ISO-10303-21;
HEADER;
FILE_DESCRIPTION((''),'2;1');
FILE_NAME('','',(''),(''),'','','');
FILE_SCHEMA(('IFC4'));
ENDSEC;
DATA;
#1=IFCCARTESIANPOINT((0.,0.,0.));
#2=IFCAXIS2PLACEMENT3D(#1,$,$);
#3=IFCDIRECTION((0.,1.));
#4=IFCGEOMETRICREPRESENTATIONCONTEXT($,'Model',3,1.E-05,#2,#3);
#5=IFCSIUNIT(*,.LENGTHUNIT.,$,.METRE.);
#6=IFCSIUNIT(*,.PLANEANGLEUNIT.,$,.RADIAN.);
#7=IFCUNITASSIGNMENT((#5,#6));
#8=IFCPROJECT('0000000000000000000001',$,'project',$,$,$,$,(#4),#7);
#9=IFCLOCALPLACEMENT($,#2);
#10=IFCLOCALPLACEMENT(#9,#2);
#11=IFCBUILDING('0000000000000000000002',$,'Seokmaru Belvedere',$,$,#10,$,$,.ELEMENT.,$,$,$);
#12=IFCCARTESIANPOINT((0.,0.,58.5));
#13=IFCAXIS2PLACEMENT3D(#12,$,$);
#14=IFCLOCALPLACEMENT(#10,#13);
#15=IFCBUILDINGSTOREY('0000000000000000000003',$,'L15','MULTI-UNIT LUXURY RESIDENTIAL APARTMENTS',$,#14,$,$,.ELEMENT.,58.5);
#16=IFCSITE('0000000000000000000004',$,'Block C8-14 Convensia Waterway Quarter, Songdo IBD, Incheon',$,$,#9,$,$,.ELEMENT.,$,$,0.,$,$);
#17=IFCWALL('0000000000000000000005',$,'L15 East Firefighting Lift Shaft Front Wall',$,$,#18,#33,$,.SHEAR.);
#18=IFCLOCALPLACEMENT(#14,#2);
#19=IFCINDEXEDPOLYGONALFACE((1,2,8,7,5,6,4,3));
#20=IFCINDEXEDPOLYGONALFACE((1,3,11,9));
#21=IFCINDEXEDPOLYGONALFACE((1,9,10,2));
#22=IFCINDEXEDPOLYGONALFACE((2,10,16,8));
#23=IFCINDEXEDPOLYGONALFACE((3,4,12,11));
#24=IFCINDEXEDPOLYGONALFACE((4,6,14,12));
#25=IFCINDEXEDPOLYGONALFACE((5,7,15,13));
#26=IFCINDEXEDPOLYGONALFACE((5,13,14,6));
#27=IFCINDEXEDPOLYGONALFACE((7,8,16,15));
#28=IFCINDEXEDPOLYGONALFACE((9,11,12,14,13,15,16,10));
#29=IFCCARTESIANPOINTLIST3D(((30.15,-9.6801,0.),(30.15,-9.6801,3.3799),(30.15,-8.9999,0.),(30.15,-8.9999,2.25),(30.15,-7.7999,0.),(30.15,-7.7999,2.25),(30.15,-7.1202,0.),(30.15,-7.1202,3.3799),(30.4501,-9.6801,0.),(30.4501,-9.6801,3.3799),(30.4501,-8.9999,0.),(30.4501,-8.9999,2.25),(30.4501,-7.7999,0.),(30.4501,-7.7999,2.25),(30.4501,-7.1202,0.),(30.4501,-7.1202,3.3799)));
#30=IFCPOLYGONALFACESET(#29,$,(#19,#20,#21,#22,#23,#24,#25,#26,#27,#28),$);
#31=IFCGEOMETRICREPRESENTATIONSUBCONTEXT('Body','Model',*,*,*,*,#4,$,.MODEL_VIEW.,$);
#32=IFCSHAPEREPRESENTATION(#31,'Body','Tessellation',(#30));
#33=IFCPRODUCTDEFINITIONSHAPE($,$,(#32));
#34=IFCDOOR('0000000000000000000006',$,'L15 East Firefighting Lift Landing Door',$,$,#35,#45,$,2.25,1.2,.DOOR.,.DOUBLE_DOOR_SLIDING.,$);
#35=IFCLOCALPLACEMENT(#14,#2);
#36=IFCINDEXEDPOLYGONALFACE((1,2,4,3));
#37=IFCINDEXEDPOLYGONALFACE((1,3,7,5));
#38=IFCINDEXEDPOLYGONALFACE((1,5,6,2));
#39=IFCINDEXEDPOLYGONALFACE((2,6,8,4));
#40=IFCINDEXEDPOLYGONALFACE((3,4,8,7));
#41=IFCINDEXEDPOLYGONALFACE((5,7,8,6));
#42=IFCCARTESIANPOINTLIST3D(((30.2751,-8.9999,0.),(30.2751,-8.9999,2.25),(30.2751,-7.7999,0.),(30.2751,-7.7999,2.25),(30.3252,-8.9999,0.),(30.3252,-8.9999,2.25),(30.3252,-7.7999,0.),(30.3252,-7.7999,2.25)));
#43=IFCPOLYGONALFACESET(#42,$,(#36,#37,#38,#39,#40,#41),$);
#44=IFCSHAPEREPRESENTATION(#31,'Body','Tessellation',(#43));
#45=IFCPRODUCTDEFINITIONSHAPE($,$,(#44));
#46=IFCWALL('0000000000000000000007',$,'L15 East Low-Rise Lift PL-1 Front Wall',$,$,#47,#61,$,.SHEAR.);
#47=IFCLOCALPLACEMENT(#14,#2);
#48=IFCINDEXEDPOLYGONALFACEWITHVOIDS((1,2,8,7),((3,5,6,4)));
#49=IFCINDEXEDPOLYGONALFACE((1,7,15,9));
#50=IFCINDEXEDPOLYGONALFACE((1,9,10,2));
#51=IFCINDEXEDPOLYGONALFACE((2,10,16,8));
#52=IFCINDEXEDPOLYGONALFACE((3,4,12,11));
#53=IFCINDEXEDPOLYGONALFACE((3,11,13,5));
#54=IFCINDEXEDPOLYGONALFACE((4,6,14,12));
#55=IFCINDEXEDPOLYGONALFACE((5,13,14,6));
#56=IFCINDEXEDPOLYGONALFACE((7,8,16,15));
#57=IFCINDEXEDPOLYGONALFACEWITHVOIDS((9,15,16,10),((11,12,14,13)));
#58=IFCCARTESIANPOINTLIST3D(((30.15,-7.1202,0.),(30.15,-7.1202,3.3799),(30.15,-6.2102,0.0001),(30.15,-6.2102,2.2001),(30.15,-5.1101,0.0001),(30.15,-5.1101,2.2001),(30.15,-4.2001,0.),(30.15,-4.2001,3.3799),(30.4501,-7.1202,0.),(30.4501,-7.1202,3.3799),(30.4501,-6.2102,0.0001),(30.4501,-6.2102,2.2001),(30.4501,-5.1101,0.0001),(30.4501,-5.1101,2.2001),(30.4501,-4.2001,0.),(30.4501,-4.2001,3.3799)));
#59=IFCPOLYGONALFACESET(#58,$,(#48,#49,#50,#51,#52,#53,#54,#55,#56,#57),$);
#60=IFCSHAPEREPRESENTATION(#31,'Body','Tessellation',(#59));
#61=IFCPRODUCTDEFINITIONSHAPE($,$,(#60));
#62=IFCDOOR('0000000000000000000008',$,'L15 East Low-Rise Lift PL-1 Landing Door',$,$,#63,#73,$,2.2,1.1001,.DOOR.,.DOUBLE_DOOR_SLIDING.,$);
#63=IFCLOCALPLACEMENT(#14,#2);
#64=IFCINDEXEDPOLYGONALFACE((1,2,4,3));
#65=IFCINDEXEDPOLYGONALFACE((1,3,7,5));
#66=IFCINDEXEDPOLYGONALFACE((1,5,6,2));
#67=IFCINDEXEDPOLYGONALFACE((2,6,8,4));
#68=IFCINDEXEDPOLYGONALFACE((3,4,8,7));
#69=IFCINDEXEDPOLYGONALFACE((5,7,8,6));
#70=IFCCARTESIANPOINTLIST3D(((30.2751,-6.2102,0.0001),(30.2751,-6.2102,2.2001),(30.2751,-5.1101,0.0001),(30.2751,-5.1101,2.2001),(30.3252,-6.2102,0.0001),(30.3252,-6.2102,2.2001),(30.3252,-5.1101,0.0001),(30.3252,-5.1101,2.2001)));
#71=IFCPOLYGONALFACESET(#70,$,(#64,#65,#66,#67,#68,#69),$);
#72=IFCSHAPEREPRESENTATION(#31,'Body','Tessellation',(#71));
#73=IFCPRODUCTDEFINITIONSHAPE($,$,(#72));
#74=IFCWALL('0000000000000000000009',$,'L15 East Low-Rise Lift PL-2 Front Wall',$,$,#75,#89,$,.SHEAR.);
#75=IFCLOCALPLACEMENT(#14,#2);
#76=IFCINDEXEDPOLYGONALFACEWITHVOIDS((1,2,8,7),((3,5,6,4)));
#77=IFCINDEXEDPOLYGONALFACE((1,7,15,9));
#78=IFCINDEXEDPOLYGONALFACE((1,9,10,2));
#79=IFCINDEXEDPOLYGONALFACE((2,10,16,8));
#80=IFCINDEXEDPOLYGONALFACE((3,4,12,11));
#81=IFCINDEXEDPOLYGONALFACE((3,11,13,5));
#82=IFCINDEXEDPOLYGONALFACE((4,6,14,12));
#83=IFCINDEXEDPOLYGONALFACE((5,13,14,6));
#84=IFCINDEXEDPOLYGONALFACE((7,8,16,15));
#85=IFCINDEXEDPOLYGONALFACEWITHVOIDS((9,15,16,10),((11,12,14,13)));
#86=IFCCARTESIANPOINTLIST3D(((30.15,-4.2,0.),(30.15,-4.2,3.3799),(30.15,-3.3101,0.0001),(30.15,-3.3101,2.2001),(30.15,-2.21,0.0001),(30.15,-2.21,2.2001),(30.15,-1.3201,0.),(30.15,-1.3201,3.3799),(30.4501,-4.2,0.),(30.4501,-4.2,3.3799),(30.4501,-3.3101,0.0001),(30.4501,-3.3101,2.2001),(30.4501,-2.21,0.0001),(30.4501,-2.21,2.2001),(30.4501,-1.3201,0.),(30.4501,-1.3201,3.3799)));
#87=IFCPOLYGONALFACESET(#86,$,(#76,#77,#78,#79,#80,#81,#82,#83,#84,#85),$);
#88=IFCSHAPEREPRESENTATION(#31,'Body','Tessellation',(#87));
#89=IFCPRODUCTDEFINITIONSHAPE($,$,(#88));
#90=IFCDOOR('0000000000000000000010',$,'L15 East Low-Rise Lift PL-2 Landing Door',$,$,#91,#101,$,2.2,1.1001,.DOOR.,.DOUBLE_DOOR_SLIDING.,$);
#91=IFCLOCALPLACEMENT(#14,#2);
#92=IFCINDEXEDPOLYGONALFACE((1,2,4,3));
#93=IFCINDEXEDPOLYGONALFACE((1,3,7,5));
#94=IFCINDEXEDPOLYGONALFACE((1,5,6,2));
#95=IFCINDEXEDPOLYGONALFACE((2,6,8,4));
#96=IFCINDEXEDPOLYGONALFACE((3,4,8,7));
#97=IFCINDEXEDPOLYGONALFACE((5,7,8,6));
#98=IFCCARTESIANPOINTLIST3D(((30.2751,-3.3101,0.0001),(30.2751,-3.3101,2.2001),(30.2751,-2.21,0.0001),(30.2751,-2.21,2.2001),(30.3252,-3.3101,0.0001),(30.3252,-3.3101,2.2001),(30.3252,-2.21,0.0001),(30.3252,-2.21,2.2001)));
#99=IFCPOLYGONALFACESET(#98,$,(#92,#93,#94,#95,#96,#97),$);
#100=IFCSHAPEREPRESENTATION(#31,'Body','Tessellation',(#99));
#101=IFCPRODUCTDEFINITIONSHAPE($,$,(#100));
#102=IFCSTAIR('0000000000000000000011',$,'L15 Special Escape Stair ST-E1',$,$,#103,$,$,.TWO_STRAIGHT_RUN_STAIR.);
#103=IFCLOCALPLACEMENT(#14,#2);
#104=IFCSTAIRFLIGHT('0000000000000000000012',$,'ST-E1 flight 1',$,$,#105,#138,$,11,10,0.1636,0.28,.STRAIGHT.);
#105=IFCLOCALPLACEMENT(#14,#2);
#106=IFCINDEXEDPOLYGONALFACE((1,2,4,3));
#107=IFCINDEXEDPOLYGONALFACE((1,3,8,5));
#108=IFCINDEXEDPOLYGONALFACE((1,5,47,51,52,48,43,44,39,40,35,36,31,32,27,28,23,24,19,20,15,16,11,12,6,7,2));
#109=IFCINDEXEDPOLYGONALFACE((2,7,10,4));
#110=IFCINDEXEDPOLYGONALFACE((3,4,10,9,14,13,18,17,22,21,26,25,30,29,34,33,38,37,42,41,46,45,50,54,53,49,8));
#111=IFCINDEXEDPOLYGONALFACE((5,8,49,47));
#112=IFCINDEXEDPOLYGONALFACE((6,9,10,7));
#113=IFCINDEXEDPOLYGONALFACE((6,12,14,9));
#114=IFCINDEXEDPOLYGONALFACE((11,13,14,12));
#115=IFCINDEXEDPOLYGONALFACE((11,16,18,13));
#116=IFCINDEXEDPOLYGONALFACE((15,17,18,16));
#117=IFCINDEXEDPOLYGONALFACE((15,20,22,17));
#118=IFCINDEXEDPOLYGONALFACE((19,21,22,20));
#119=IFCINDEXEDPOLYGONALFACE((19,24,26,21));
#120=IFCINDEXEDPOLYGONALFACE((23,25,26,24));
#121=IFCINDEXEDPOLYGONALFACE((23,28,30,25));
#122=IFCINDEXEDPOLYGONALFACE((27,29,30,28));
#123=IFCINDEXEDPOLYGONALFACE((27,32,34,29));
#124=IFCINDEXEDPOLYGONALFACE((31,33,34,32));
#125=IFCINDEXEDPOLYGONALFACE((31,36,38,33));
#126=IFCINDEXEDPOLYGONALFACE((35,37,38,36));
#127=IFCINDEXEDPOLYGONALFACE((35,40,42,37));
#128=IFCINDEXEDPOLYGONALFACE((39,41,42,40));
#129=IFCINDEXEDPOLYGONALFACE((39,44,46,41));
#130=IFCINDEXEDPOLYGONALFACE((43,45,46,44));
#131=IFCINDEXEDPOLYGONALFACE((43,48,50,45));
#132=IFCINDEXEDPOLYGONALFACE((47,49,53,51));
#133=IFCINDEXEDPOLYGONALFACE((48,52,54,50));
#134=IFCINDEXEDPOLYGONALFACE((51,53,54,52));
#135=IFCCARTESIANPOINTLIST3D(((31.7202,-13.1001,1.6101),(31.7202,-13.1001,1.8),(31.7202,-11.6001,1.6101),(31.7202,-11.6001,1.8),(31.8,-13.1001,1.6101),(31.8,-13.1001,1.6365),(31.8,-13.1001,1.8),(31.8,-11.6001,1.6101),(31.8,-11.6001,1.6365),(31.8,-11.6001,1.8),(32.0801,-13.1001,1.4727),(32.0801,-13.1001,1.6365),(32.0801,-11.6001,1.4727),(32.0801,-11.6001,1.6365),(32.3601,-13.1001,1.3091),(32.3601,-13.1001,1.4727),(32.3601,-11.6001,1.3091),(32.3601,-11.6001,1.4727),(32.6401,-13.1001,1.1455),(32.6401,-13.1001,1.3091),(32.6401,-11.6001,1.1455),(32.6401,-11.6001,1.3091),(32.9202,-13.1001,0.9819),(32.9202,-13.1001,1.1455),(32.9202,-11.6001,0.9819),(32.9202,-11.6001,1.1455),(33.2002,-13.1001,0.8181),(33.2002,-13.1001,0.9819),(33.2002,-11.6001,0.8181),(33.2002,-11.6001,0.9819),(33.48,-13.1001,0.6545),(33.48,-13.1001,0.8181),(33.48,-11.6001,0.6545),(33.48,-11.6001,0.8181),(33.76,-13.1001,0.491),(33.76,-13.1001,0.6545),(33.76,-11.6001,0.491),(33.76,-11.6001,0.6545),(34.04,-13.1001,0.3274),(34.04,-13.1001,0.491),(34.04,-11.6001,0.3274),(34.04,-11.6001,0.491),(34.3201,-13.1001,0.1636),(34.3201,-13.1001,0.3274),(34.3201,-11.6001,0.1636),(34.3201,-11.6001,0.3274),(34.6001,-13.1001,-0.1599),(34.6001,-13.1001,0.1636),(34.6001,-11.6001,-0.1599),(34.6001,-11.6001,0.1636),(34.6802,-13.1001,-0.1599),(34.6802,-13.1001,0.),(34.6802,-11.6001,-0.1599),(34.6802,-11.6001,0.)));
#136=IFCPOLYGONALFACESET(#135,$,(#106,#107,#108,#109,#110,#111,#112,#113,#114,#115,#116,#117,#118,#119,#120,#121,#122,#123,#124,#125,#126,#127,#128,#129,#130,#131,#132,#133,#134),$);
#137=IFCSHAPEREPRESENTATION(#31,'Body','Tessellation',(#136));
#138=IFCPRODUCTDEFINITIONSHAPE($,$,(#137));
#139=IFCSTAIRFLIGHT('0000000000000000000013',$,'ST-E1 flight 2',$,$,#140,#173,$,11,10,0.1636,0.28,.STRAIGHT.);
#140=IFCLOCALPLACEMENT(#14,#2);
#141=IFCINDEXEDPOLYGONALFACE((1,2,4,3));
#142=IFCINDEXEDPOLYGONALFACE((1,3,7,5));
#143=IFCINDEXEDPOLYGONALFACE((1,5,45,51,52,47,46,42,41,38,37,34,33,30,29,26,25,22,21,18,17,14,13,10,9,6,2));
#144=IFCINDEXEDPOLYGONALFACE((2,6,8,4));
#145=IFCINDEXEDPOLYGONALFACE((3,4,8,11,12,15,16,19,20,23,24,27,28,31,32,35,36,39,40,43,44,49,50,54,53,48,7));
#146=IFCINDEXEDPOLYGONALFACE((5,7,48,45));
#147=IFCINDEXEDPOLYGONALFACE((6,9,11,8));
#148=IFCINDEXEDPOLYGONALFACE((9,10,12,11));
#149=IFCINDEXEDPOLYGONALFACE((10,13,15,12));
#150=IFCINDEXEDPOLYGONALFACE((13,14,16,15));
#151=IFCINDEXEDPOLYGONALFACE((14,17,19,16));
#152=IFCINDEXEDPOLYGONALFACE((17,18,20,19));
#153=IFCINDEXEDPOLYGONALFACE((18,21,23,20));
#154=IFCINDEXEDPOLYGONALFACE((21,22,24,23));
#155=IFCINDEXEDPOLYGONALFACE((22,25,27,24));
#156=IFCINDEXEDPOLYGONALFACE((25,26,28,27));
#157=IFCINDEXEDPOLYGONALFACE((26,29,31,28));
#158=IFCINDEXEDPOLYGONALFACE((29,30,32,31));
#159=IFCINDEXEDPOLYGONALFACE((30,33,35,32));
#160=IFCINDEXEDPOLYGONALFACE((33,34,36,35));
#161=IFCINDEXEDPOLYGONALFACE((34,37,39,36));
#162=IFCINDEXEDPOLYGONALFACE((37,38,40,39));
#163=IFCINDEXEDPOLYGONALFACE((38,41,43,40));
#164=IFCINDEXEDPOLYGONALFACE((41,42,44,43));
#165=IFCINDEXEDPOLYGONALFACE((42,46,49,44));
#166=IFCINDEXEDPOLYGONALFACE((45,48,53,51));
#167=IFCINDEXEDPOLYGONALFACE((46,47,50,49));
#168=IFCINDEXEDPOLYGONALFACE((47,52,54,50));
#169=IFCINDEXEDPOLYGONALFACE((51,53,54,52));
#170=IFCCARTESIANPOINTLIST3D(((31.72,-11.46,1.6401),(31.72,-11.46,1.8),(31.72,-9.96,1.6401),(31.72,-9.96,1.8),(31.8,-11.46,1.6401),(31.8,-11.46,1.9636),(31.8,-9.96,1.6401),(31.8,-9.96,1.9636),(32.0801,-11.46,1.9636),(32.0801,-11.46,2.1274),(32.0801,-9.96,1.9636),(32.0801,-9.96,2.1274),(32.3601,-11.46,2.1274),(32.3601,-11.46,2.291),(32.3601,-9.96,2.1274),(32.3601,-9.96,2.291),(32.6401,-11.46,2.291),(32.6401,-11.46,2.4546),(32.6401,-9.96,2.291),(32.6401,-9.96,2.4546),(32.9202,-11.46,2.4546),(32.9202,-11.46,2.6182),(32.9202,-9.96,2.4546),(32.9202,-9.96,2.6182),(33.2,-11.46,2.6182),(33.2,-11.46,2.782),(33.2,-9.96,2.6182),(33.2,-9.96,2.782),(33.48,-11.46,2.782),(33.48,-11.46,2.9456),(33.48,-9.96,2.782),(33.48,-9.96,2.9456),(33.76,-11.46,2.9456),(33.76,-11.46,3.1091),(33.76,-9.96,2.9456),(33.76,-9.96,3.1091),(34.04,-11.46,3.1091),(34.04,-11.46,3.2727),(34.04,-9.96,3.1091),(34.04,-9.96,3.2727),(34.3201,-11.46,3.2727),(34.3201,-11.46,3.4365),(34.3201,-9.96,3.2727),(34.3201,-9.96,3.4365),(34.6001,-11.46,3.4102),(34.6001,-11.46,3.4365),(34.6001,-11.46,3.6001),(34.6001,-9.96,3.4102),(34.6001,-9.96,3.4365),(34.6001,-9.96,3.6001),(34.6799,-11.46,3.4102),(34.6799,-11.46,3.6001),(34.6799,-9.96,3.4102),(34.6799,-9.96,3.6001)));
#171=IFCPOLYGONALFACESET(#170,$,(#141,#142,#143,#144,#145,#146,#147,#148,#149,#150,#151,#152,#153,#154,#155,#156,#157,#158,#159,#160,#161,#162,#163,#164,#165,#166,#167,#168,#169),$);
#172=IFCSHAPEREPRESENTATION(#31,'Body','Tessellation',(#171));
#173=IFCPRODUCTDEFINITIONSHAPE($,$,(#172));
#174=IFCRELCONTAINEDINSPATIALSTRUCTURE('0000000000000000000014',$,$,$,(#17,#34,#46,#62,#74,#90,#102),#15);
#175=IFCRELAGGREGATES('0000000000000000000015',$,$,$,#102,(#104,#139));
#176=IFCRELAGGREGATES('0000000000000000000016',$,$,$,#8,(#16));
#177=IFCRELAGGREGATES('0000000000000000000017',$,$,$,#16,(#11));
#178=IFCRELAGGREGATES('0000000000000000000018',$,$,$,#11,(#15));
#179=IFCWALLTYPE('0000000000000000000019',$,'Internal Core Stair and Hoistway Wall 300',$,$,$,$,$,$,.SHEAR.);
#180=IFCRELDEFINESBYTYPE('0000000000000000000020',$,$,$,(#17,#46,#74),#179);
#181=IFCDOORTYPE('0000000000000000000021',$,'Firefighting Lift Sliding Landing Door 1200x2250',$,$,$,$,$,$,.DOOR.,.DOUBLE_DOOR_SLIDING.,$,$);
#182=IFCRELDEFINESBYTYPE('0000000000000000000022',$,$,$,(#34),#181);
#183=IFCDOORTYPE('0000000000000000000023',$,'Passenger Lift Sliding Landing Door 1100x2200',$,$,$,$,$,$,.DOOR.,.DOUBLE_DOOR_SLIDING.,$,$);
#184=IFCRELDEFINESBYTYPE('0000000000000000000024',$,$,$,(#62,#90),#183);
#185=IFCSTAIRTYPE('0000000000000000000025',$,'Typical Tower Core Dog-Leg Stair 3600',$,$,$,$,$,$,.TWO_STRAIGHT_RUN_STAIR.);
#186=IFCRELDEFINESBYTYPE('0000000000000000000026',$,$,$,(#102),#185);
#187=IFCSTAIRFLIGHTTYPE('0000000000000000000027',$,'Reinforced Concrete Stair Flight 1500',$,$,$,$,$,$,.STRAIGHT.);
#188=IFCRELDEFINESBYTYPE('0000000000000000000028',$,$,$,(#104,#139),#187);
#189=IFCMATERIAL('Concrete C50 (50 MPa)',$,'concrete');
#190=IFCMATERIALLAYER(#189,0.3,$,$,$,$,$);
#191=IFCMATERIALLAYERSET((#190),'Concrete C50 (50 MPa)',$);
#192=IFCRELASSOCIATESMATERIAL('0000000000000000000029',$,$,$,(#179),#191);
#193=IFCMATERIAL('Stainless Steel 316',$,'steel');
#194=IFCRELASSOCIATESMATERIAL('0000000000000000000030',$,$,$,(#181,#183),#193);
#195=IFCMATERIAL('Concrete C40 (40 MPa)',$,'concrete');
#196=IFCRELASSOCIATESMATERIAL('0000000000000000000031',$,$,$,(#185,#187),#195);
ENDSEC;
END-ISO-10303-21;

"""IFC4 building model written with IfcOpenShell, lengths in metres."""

from ifc_helpers import new_model, si_unit, direction, frame, frame_2d, origin, place, context, subcontext, project, spatial, polyline, rectangle, outline, extrude, source, transform, mapped, material, layer, layer_set, type_object, type_shapes, element, fill, aggregate, save


model = new_model("IFC4")

# Units and contexts
model_context = context("Model", 3, precision=1e-05, world=origin(), true_north=direction((0.0, 1.0)))
body_context = subcontext(model_context, "Body", "Model", "MODEL_VIEW")
ifc_project = project(units=[si_unit("LENGTHUNIT", "METRE"), si_unit("PLANEANGLEUNIT", "RADIAN")], contexts=[model_context])

# Site, building, storey
site_placement = place(None, origin())
site = spatial("IfcSite", under=ifc_project, at=site_placement, Name="Block C8-14 Convensia Waterway Quarter, Songdo IBD, Incheon", CompositionType="ELEMENT", RefElevation=0.0)
building_placement = place(site_placement, origin())
building = spatial("IfcBuilding", under=site, at=building_placement, Name="Seokmaru Belvedere", CompositionType="ELEMENT")
storey_placement = place(building_placement, frame((0.0, 0.0, 58.5)))
storey = spatial("IfcBuildingStorey", under=building, at=storey_placement, Name="L15", Description="MULTI-UNIT LUXURY RESIDENTIAL APARTMENTS", CompositionType="ELEMENT", Elevation=58.5)

# Walls, openings, doors
ifc_material_1 = material(Name="Concrete C50 (50 MPa)", Category="concrete")
ifc_layer_1 = layer(ifc_material_1, 0.3)
ifc_layer_set_1 = layer_set([ifc_layer_1], Name="Concrete C50 (50 MPa)")
wall_type_1 = type_object("IfcWallType", Name="Internal Core Stair and Hoistway Wall 300", PredefinedType="SHEAR", material=ifc_layer_set_1)
wall_1_placement = place(storey_placement, frame((30.3, -9.6799, 0.0), z_axis=(0.0, 0.0, 1.0), x_axis=(0.0, 1.0, 0.0)))
wall_1 = element("IfcWall", 1, at=wall_1_placement, inside=storey, type_object=wall_type_1, Name="L15 East Firefighting Lift Shaft Front Wall", PredefinedType="SHEAR", context=body_context, shape_type="SweptSolid", body=[
    extrude(rectangle(XDim=2.5598, YDim=0.3, at=frame_2d((1.2798, 0.0))), origin(), (0.0, 0.0, 1.0), 3.3799),
])
opening_1_placement = place(wall_1_placement, frame((0.6799, 0.0, 0.0)))
opening_1 = element("IfcOpeningElement", 2, at=opening_1_placement, cuts=wall_1, PredefinedType="OPENING", context=body_context, shape_type="SweptSolid", body=[
    extrude(rectangle(XDim=1.2, YDim=2.25, at=frame_2d((0.6001, 1.125))), frame((0.0, 0.1602, 0.0), z_axis=(0.0, -1.0, 0.0), x_axis=(1.0, 0.0, 0.0)), (0.0, 0.0, 1.0), 0.3201),
])
ifc_material_2 = material(Name="Stainless Steel 316", Category="steel")
door_type_1 = type_object("IfcDoorType", Name="Firefighting Lift Sliding Landing Door 1200x2250", OperationType="DOUBLE_DOOR_SLIDING", PredefinedType="DOOR", material=ifc_material_2)
shared_shape_1 = source(origin(), body_context, "Body", "SweptSolid", [
    extrude(rectangle(XDim=1.2, YDim=2.25, at=frame_2d((0.6001, 1.125))), frame((0.0, 0.0249, 0.0), z_axis=(0.0, -1.0, 0.0), x_axis=(1.0, 0.0, 0.0)), (0.0, 0.0, 1.0), 0.05),
])
type_shapes(door_type_1, [shared_shape_1])
door_1_placement = place(opening_1_placement, origin())
door_1 = element("IfcDoor", 3, at=door_1_placement, inside=storey, type_object=door_type_1, Name="L15 East Firefighting Lift Landing Door", OperationType="DOUBLE_DOOR_SLIDING", OverallHeight=2.25, OverallWidth=1.2, PredefinedType="DOOR", context=body_context, shape_type="MappedRepresentation", body=[
    mapped(shared_shape_1, transform((0.0, 0.0, 0.0), scale=1.0)),
])
fill(opening_1, door_1)
wall_2_placement = place(storey_placement, frame((30.3, -7.1201, 0.0), z_axis=(0.0, 0.0, 1.0), x_axis=(0.0, 1.0, 0.0)))
wall_2 = element("IfcWall", 4, at=wall_2_placement, inside=storey, type_object=wall_type_1, Name="L15 East Low-Rise Lift PL-1 Front Wall", PredefinedType="SHEAR", context=body_context, shape_type="SweptSolid", body=[
    extrude(rectangle(XDim=2.9202, YDim=0.3, at=frame_2d((1.46, 0.0))), origin(), (0.0, 0.0, 1.0), 3.3799),
])
opening_2_placement = place(wall_2_placement, frame((0.9099, 0.0, 0.0)))
opening_2 = element("IfcOpeningElement", 5, at=opening_2_placement, cuts=wall_2, PredefinedType="OPENING", context=body_context, shape_type="SweptSolid", body=[
    extrude(rectangle(XDim=1.1001, YDim=2.2, at=frame_2d((0.55, 1.1001))), frame((0.0, 0.1602, 0.0), z_axis=(0.0, -1.0, 0.0), x_axis=(1.0, 0.0, 0.0)), (0.0, 0.0, 1.0), 0.3201),
])
door_type_2 = type_object("IfcDoorType", Name="Passenger Lift Sliding Landing Door 1100x2200", OperationType="DOUBLE_DOOR_SLIDING", PredefinedType="DOOR", material=ifc_material_2)
shared_shape_2 = source(origin(), body_context, "Body", "SweptSolid", [
    extrude(rectangle(XDim=1.1001, YDim=2.2, at=frame_2d((0.55, 1.1001))), frame((0.0, 0.0249, 0.0), z_axis=(0.0, -1.0, 0.0), x_axis=(1.0, 0.0, 0.0)), (0.0, 0.0, 1.0), 0.05),
])
type_shapes(door_type_2, [shared_shape_2])
door_2_placement = place(opening_2_placement, origin())
door_2 = element("IfcDoor", 6, at=door_2_placement, inside=storey, type_object=door_type_2, Name="L15 East Low-Rise Lift PL-1 Landing Door", OperationType="DOUBLE_DOOR_SLIDING", OverallHeight=2.2, OverallWidth=1.1001, PredefinedType="DOOR", context=body_context, shape_type="MappedRepresentation", body=[
    mapped(shared_shape_2, transform((0.0, 0.0, 0.0), scale=1.0)),
])
fill(opening_2, door_2)
wall_3_placement = place(storey_placement, frame((30.3, -4.2, 0.0), z_axis=(0.0, 0.0, 1.0), x_axis=(0.0, 1.0, 0.0)))
wall_3 = element("IfcWall", 7, at=wall_3_placement, inside=storey, type_object=wall_type_1, Name="L15 East Low-Rise Lift PL-2 Front Wall", PredefinedType="SHEAR", context=body_context, shape_type="SweptSolid", body=[
    extrude(rectangle(XDim=2.8799, YDim=0.3, at=frame_2d((1.4399, 0.0))), origin(), (0.0, 0.0, 1.0), 3.3799),
])
opening_3_placement = place(wall_3_placement, frame((0.8899, 0.0, 0.0)))
opening_3 = element("IfcOpeningElement", 8, at=opening_3_placement, cuts=wall_3, PredefinedType="OPENING", context=body_context, shape_type="SweptSolid", body=[
    extrude(rectangle(XDim=1.1001, YDim=2.2, at=frame_2d((0.55, 1.1001))), frame((0.0, 0.1602, 0.0), z_axis=(0.0, -1.0, 0.0), x_axis=(1.0, 0.0, 0.0)), (0.0, 0.0, 1.0), 0.3201),
])
door_3_placement = place(opening_3_placement, origin())
door_3 = element("IfcDoor", 9, at=door_3_placement, inside=storey, type_object=door_type_2, Name="L15 East Low-Rise Lift PL-2 Landing Door", OperationType="DOUBLE_DOOR_SLIDING", OverallHeight=2.2, OverallWidth=1.1001, PredefinedType="DOOR", context=body_context, shape_type="MappedRepresentation", body=[
    mapped(shared_shape_2, transform((0.0, 0.0, 0.0), scale=1.0)),
])
fill(opening_3, door_3)

# Stair, stair flights
ifc_material_3 = material(Name="Concrete C40 (40 MPa)", Category="concrete")
stair_type = type_object("IfcStairType", Name="Typical Tower Core Dog-Leg Stair 3600", PredefinedType="TWO_STRAIGHT_RUN_STAIR", material=ifc_material_3)
stair_placement = place(storey_placement, origin())
stair = element("IfcStair", 10, at=stair_placement, inside=storey, type_object=stair_type, Name="L15 Special Escape Stair ST-E1", PredefinedType="TWO_STRAIGHT_RUN_STAIR")
stair_flight_type = type_object("IfcStairFlightType", Name="Reinforced Concrete Stair Flight 1500", PredefinedType="STRAIGHT", material=ifc_material_3)
stair_flight_1_placement = place(storey_placement, frame((34.6001, -12.3501, 0.0), z_axis=(0.0, 0.0, 1.0), x_axis=(-1.0, 0.0, 0.0)))
stair_flight_1 = element("IfcStairFlight", 11, at=stair_flight_1_placement, type_object=stair_flight_type, Name="ST-E1 flight 1", NumberOfRisers=11, NumberOfTreads=10, PredefinedType="STRAIGHT", RiserHeight=0.1636, TreadLength=0.28, context=body_context, shape_type="SweptSolid", body=[
    extrude(outline(polyline([(-0.0801, 0.0), (0.0, 0.1636), (0.28, 0.1636), (0.28, 0.3274), (0.5601, 0.3274), (0.5601, 0.491), (0.8401, 0.491), (0.8401, 0.6545), (1.1201, 0.6545), (1.1201, 0.8181), (1.3999, 0.8181), (1.3999, 0.9819), (1.6799, 0.9819), (1.6799, 1.1455), (1.96, 1.1455), (1.96, 1.3091), (2.24, 1.3091), (2.24, 1.4727), (2.52, 1.4727), (2.52, 1.6365), (2.8, 1.6365), (2.8, 1.8), (2.8799, 1.8), (2.8799, 1.6101), (2.8, 1.6101), (0.0, -0.1599), (-0.0801, -0.1599), (-0.0801, 0.0)])), frame((0.0, 0.75, 0.0), z_axis=(0.0, -1.0, 0.0), x_axis=(1.0, 0.0, 0.0)), (0.0, 0.0, 1.0), 1.5),
])
stair_flight_2_placement = place(storey_placement, frame((31.8, -10.71, 1.8), z_axis=(0.0, 0.0, 1.0), x_axis=(1.0, 0.0, 0.0)))
stair_flight_2 = element("IfcStairFlight", 12, at=stair_flight_2_placement, type_object=stair_flight_type, Name="ST-E1 flight 2", NumberOfRisers=11, NumberOfTreads=10, PredefinedType="STRAIGHT", RiserHeight=0.1636, TreadLength=0.28, context=body_context, shape_type="SweptSolid", body=[
    extrude(outline(polyline([(-0.0801, 0.0), (0.0, 0.1636), (0.28, 0.1636), (0.28, 0.3274), (0.5601, 0.3274), (0.5601, 0.491), (0.8401, 0.491), (0.8401, 0.6545), (1.1201, 0.6545), (1.1201, 0.8181), (1.3999, 0.8181), (1.3999, 0.9819), (1.6799, 0.9819), (1.6799, 1.1455), (1.96, 1.1455), (1.96, 1.3091), (2.24, 1.3091), (2.24, 1.4727), (2.52, 1.4727), (2.52, 1.6365), (2.8, 1.6365), (2.8, 1.8), (2.8799, 1.8), (2.8799, 1.6101), (2.8, 1.6101), (0.0, -0.1599), (-0.0801, -0.1599), (-0.0801, 0.0)])), frame((0.0, 0.75, 0.0), z_axis=(0.0, -1.0, 0.0), x_axis=(1.0, 0.0, 0.0)), (0.0, 0.0, 1.0), 1.5),
])
aggregate(stair, [stair_flight_1, stair_flight_2])

save(model, "model.ifc")
